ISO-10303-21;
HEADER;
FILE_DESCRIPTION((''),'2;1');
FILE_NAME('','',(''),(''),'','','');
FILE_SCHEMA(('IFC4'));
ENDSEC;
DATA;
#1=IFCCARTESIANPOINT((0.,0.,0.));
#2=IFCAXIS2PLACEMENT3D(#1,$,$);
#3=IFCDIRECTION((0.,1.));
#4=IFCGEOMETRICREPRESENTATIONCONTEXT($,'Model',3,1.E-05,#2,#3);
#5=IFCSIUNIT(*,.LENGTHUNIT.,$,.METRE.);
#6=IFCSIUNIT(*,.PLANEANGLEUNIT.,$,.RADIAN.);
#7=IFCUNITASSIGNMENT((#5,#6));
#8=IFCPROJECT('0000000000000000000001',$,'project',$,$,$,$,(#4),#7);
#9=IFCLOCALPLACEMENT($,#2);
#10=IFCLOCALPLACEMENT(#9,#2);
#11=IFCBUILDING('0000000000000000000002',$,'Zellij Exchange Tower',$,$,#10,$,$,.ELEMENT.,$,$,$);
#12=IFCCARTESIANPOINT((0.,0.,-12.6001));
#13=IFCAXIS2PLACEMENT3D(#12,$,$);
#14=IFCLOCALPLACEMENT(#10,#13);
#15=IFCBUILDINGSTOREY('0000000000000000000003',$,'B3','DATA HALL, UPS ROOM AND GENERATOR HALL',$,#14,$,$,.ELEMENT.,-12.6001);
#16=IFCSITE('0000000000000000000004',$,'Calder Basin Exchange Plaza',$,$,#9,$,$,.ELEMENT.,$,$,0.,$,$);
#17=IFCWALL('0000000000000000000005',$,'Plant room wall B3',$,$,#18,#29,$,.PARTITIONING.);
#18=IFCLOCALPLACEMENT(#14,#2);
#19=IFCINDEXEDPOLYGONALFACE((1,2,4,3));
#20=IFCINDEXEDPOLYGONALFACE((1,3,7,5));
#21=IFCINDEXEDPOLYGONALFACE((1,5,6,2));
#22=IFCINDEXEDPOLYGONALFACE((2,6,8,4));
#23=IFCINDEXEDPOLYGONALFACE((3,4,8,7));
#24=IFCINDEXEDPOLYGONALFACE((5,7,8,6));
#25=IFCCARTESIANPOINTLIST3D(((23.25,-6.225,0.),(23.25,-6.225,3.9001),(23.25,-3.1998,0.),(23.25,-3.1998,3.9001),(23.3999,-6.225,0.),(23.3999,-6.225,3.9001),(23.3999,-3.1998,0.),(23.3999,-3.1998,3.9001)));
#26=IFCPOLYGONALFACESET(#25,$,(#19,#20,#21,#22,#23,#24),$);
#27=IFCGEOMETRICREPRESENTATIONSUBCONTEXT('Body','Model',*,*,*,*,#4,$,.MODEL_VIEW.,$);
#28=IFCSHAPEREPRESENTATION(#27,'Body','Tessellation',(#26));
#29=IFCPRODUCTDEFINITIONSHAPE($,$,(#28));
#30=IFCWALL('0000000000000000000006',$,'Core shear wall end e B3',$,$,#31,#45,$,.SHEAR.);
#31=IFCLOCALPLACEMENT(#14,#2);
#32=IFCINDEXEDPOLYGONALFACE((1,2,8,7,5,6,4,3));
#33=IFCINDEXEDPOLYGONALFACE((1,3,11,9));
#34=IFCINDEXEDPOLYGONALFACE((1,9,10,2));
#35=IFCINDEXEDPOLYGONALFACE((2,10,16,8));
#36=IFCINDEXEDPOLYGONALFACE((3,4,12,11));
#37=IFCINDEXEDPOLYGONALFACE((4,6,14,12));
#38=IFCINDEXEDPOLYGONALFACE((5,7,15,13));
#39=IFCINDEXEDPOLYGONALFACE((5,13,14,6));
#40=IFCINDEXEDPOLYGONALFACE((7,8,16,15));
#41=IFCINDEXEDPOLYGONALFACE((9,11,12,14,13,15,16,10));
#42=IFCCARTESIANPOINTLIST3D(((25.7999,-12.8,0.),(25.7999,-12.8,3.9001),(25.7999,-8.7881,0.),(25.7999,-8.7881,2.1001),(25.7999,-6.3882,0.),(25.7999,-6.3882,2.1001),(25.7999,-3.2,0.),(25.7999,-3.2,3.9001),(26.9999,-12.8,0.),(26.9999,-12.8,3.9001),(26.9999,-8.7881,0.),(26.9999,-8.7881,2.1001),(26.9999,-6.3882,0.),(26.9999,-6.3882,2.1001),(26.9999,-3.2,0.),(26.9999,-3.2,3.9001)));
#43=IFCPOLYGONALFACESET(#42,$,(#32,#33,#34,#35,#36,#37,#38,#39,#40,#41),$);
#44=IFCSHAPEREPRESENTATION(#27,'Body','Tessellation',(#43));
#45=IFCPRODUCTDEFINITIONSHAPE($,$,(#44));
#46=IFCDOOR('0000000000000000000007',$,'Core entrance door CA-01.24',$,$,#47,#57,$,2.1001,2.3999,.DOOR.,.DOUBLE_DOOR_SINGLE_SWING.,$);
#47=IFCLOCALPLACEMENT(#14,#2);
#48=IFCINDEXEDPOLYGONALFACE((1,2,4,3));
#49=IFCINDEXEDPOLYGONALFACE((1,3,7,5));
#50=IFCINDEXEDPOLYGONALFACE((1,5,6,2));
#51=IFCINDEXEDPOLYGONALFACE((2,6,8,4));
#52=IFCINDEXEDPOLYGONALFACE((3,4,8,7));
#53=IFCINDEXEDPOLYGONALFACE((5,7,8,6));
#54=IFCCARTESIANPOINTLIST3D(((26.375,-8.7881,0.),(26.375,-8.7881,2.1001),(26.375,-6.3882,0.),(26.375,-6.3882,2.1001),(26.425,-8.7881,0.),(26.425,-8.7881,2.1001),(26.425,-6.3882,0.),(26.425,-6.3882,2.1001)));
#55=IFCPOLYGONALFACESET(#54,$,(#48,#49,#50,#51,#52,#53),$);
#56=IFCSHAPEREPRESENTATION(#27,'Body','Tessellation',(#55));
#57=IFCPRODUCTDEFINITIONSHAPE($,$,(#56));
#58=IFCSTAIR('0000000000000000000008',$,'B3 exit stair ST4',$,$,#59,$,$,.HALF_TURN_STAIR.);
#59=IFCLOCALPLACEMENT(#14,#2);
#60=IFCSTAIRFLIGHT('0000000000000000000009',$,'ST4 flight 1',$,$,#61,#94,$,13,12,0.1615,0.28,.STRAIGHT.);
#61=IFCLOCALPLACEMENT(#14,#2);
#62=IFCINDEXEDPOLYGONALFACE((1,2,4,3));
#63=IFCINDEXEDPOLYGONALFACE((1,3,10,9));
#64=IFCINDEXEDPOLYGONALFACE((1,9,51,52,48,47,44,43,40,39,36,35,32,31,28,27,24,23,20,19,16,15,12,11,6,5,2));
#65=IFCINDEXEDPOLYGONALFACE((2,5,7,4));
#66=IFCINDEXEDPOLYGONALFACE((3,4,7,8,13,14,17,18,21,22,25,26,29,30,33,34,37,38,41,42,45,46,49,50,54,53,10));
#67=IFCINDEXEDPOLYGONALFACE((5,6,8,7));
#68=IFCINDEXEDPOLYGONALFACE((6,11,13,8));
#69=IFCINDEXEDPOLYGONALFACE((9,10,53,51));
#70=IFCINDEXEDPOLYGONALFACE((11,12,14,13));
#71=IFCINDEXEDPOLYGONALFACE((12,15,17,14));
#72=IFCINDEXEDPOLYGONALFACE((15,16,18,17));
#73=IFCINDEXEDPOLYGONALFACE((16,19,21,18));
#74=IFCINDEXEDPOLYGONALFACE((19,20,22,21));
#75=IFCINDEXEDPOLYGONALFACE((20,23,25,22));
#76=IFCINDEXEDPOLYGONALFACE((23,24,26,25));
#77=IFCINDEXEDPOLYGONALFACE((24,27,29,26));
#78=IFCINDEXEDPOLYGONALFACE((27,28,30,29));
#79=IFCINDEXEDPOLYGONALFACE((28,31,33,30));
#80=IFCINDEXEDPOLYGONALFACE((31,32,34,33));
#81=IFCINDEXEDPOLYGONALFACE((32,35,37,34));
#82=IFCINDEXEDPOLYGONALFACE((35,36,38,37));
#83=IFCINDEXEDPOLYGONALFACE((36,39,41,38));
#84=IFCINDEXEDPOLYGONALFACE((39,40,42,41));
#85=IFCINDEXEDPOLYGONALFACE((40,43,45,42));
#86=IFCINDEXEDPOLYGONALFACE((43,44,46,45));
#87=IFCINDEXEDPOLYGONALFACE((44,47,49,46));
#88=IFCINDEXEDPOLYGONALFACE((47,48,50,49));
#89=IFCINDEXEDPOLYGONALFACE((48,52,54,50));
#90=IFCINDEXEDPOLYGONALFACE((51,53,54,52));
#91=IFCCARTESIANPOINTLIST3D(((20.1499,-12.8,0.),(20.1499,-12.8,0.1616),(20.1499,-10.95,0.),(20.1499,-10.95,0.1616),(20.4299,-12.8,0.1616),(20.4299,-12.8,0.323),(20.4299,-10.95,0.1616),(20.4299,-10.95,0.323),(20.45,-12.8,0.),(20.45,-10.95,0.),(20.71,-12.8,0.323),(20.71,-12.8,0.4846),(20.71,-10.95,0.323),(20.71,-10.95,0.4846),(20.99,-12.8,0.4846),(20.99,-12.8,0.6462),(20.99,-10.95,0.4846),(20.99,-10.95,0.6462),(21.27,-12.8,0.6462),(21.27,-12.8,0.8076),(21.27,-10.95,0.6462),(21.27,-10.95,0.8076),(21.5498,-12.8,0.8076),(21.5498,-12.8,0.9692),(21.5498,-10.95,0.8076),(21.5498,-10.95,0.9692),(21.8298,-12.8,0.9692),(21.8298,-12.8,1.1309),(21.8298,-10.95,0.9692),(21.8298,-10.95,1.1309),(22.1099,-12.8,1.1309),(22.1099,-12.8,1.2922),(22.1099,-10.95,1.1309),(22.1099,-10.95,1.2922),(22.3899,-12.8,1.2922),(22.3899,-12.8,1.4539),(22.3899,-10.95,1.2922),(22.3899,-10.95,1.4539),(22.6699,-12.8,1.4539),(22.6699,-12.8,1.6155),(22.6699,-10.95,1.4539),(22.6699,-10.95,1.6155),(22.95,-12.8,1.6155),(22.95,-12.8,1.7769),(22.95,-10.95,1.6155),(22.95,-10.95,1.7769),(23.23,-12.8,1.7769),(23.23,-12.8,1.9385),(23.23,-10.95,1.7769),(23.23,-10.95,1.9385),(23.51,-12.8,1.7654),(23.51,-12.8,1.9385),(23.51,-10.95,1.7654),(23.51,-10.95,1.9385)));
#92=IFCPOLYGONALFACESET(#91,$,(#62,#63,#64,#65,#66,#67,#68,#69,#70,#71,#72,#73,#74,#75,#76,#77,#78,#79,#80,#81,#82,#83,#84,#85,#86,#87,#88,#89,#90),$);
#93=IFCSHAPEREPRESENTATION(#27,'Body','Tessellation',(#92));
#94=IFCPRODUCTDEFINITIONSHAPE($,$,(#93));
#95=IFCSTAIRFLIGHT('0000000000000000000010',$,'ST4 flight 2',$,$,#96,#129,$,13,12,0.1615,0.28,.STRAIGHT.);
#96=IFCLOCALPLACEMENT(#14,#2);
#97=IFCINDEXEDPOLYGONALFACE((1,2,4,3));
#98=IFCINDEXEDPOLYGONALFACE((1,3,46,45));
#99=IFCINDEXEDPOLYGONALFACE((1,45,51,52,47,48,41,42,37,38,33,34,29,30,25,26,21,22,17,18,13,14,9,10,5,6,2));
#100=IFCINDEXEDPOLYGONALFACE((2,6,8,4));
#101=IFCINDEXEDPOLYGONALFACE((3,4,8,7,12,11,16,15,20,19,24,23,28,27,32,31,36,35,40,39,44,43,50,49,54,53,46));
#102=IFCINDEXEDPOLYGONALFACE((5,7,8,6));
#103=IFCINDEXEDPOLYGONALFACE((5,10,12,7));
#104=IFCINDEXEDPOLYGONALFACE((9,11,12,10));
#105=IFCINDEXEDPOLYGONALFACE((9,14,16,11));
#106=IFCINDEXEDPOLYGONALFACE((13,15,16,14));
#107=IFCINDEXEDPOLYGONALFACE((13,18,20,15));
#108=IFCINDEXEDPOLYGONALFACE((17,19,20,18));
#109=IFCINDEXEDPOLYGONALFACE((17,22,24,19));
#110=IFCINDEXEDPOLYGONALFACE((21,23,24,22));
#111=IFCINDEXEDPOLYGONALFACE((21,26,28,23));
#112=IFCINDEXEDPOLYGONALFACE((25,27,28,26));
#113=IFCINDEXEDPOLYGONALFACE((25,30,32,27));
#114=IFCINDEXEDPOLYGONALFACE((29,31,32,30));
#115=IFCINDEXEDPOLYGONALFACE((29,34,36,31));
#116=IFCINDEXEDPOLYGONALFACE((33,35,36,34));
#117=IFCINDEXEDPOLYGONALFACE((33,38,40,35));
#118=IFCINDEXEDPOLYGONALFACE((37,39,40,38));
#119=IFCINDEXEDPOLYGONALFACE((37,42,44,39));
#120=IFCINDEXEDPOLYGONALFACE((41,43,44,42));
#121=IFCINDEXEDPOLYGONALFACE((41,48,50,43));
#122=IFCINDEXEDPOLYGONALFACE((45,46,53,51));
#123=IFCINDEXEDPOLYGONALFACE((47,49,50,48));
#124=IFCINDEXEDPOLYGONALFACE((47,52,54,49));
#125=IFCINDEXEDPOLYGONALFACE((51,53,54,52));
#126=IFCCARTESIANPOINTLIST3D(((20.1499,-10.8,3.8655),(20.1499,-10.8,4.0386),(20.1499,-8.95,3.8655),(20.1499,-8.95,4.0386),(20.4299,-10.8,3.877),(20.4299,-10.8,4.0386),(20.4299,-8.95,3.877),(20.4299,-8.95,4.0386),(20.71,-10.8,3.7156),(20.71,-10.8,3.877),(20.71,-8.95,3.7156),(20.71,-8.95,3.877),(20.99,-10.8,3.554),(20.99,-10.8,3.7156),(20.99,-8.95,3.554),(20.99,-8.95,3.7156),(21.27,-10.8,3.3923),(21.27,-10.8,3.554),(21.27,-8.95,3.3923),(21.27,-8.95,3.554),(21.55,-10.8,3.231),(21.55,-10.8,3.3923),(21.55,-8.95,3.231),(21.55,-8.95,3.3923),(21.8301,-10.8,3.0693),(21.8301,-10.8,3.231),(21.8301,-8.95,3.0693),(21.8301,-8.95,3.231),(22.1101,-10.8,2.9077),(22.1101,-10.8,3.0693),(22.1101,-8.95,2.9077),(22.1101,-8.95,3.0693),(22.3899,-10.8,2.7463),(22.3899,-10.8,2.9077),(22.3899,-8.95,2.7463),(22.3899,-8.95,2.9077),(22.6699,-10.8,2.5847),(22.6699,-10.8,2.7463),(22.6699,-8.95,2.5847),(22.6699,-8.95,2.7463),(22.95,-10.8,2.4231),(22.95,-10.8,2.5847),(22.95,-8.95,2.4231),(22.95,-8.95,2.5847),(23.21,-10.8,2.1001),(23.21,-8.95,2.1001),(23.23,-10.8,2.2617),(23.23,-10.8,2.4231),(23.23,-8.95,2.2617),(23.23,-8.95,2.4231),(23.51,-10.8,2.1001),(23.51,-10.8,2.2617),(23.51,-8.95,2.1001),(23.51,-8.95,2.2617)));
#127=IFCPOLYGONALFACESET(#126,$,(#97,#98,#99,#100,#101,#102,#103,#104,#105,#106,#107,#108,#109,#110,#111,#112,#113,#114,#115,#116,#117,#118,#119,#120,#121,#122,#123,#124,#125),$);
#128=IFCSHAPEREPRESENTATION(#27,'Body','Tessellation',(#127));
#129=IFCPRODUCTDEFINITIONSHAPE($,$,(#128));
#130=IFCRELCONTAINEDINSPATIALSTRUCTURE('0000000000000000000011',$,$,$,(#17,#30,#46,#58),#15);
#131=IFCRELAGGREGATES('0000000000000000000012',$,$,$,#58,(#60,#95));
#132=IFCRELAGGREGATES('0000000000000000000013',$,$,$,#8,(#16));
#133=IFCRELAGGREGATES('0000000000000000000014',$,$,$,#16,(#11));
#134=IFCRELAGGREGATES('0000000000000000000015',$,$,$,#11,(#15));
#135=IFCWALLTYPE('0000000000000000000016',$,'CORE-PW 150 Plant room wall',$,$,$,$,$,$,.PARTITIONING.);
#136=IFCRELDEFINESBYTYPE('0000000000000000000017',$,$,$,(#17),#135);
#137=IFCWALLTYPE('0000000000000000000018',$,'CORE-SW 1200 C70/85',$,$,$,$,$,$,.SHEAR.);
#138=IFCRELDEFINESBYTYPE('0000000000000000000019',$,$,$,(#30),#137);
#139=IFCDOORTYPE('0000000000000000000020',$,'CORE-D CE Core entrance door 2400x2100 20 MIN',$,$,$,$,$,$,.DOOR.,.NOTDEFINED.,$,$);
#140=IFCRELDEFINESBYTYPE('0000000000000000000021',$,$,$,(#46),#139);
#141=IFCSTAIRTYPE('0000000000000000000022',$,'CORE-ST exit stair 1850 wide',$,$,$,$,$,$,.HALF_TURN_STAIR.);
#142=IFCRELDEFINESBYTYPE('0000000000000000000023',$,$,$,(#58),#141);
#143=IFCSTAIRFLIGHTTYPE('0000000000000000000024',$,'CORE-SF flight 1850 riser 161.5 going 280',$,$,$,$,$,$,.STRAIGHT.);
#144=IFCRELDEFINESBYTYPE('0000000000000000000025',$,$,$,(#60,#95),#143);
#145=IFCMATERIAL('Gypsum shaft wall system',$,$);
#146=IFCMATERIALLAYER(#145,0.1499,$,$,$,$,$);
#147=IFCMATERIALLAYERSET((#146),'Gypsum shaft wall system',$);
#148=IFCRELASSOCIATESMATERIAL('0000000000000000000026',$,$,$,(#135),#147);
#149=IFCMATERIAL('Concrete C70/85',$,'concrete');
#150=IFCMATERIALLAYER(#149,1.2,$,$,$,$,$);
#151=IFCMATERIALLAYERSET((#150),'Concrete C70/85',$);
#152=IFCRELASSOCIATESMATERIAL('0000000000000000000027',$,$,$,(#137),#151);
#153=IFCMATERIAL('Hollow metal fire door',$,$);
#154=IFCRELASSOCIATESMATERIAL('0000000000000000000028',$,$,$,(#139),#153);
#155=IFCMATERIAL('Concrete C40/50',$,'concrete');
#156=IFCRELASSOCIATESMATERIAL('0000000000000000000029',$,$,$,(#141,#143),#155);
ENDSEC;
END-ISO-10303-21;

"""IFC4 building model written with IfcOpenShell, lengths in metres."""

from ifc_helpers import new_model, si_unit, direction, frame, frame_2d, origin, place, context, subcontext, project, spatial, polyline, rectangle, outline, extrude, material, layer, layer_set, type_object, element, fill, aggregate, save


model = new_model("IFC4")

# Units and contexts
model_context = context("Model", 3, precision=1e-05, world=origin(), true_north=direction((0.0, 1.0)))
body_context = subcontext(model_context, "Body", "Model", "MODEL_VIEW")
ifc_project = project(units=[si_unit("LENGTHUNIT", "METRE"), si_unit("PLANEANGLEUNIT", "RADIAN")], contexts=[model_context])

# Site, building, storey
site_placement = place(None, origin())
site = spatial("IfcSite", under=ifc_project, at=site_placement, Name="Calder Basin Exchange Plaza", CompositionType="ELEMENT", RefElevation=0.0)
building_placement = place(site_placement, origin())
building = spatial("IfcBuilding", under=site, at=building_placement, Name="Zellij Exchange Tower", CompositionType="ELEMENT")
storey_placement = place(building_placement, frame((0.0, 0.0, -12.6001)))
storey = spatial("IfcBuildingStorey", under=building, at=storey_placement, Name="B3", Description="DATA HALL, UPS ROOM AND GENERATOR HALL", CompositionType="ELEMENT", Elevation=-12.6001)

# Shared definitions
ifc_material_1 = material(Name="Concrete C40/50", Category="concrete")

# Shared definitions
ifc_material_2 = material(Name="Concrete C70/85", Category="concrete")

# Wall
ifc_material_3 = material(Name="Gypsum shaft wall system")
ifc_layer_1 = layer(ifc_material_3, 0.1499)
ifc_layer_set_1 = layer_set([ifc_layer_1], Name="Gypsum shaft wall system")
wall_type_1 = type_object("IfcWallType", Name="CORE-PW 150 Plant room wall", PredefinedType="PARTITIONING", material=ifc_layer_set_1)
for number, where, z_axis, x_axis, name in (
    (1, (23.325, -6.2251, 0.0), (0.0, 0.0, 1.0), (0.0, 1.0, 0.0), "Plant room wall B3"),
):
    element("IfcWall", number, at=place(storey_placement, frame(where, z_axis=z_axis, x_axis=x_axis)), inside=storey, type_object=wall_type_1, Name=name, PredefinedType="PARTITIONING", context=body_context, shape_type="SweptSolid", body=[
        extrude(rectangle(XDim=3.0251, YDim=0.1499, at=frame_2d((1.5127, 0.0))), origin(), (0.0, 0.0, 1.0), 3.9001),
    ])

# Wall, opening, door
ifc_layer_2 = layer(ifc_material_2, 1.2)
ifc_layer_set_2 = layer_set([ifc_layer_2], Name="Concrete C70/85")
wall_type_2 = type_object("IfcWallType", Name="CORE-SW 1200 C70/85", PredefinedType="SHEAR", material=ifc_layer_set_2)
wall_placement = place(storey_placement, frame((26.3999, -12.8, 0.0), z_axis=(0.0, 0.0, 1.0), x_axis=(0.0, 1.0, 0.0)))
wall = element("IfcWall", 2, at=wall_placement, inside=storey, type_object=wall_type_2, Name="Core shear wall end e B3", PredefinedType="SHEAR", context=body_context, shape_type="SweptSolid", body=[
    extrude(rectangle(XDim=9.6001, YDim=1.2, at=frame_2d((4.8, 0.0))), origin(), (0.0, 0.0, 1.0), 3.9001),
])
opening_placement = place(wall_placement, frame((4.012, 0.0, 0.0)))
opening = element("IfcOpeningElement", 3, at=opening_placement, cuts=wall, PredefinedType="OPENING", context=body_context, shape_type="SweptSolid", body=[
    extrude(rectangle(XDim=2.3999, YDim=2.1001, at=frame_2d((1.2, 1.05))), frame((0.0, 0.6118, 0.0), z_axis=(0.0, -1.0, 0.0), x_axis=(1.0, 0.0, 0.0)), (0.0, 0.0, 1.0), 1.2239),
])
ifc_material_4 = material(Name="Hollow metal fire door")
door_type = type_object("IfcDoorType", Name="CORE-D CE Core entrance door 2400x2100 20 MIN", OperationType="NOTDEFINED", PredefinedType="DOOR", material=ifc_material_4)
door_placement = place(opening_placement, origin())
door = element("IfcDoor", 4, at=door_placement, inside=storey, type_object=door_type, Name="Core entrance door CA-01.24", OperationType="DOUBLE_DOOR_SINGLE_SWING", OverallHeight=2.1001, OverallWidth=2.3999, PredefinedType="DOOR", context=body_context, shape_type="SweptSolid", body=[
    extrude(rectangle(XDim=2.3999, YDim=2.1001, at=frame_2d((1.2, 1.05))), frame((0.0, 0.0249, 0.0), z_axis=(0.0, -1.0, 0.0), x_axis=(1.0, 0.0, 0.0)), (0.0, 0.0, 1.0), 0.05),
])
fill(opening, door)

# Stair, stair flights
stair_type = type_object("IfcStairType", Name="CORE-ST exit stair 1850 wide", PredefinedType="HALF_TURN_STAIR", material=ifc_material_1)
stair_placement = place(storey_placement, origin())
stair = element("IfcStair", 5, at=stair_placement, inside=storey, type_object=stair_type, Name="B3 exit stair ST4", PredefinedType="HALF_TURN_STAIR")
stair_flight_type = type_object("IfcStairFlightType", Name="CORE-SF flight 1850 riser 161.5 going 280", PredefinedType="STRAIGHT", material=ifc_material_1)
stair_flight_1_placement = place(storey_placement, frame((20.1499, -11.875, 0.0), z_axis=(0.0, 0.0, 1.0), x_axis=(1.0, 0.0, 0.0)))
stair_flight_1 = element("IfcStairFlight", 6, at=stair_flight_1_placement, type_object=stair_flight_type, Name="ST4 flight 1", NumberOfRisers=13, NumberOfTreads=12, PredefinedType="STRAIGHT", RiserHeight=0.1615, TreadLength=0.28, context=body_context, shape_type="SweptSolid", body=[
    extrude(outline(polyline([(0.0, 0.0), (0.0, 0.1616), (0.28, 0.1616), (0.28, 0.323), (0.5601, 0.323), (0.5601, 0.4846), (0.8401, 0.4846), (0.8401, 0.6462), (1.1201, 0.6462), (1.1201, 0.8076), (1.3999, 0.8076), (1.3999, 0.9692), (1.6799, 0.9692), (1.6799, 1.1309), (1.96, 1.1309), (1.96, 1.2922), (2.24, 1.2922), (2.24, 1.4539), (2.52, 1.4539), (2.52, 1.6155), (2.8, 1.6155), (2.8, 1.7769), (3.0801, 1.7769), (3.0801, 1.9385), (3.3601, 1.9385), (3.3601, 2.1001), (3.3601, 1.7654), (0.3, 0.0), (0.0, 0.0)])), frame((0.0, 0.925, 0.0), z_axis=(0.0, -1.0, 0.0), x_axis=(1.0, 0.0, 0.0)), (0.0, 0.0, 1.0), 1.8501),
])
stair_flight_2_placement = place(storey_placement, frame((23.51, -9.875, 2.1001), z_axis=(0.0, 0.0, 1.0), x_axis=(-1.0, 0.0, 0.0)))
stair_flight_2 = element("IfcStairFlight", 7, at=stair_flight_2_placement, type_object=stair_flight_type, Name="ST4 flight 2", NumberOfRisers=13, NumberOfTreads=12, PredefinedType="STRAIGHT", RiserHeight=0.1615, TreadLength=0.28, context=body_context, shape_type="SweptSolid", body=[
    extrude(outline(polyline([(0.0, 0.0), (0.0, 0.1616), (0.28, 0.1616), (0.28, 0.323), (0.5601, 0.323), (0.5601, 0.4846), (0.8401, 0.4846), (0.8401, 0.6462), (1.1201, 0.6462), (1.1201, 0.8076), (1.3999, 0.8076), (1.3999, 0.9692), (1.6799, 0.9692), (1.6799, 1.1309), (1.96, 1.1309), (1.96, 1.2922), (2.24, 1.2922), (2.24, 1.4539), (2.52, 1.4539), (2.52, 1.6155), (2.8, 1.6155), (2.8, 1.7769), (3.0801, 1.7769), (3.0801, 1.9385), (3.3601, 1.9385), (3.3601, 2.1001), (3.3601, 1.7654), (0.3, 0.0), (0.0, 0.0)])), frame((0.0, 0.925, 0.0), z_axis=(0.0, -1.0, 0.0), x_axis=(1.0, 0.0, 0.0)), (0.0, 0.0, 1.0), 1.8501),
])
aggregate(stair, [stair_flight_1, stair_flight_2])

save(model, "model.ifc")
